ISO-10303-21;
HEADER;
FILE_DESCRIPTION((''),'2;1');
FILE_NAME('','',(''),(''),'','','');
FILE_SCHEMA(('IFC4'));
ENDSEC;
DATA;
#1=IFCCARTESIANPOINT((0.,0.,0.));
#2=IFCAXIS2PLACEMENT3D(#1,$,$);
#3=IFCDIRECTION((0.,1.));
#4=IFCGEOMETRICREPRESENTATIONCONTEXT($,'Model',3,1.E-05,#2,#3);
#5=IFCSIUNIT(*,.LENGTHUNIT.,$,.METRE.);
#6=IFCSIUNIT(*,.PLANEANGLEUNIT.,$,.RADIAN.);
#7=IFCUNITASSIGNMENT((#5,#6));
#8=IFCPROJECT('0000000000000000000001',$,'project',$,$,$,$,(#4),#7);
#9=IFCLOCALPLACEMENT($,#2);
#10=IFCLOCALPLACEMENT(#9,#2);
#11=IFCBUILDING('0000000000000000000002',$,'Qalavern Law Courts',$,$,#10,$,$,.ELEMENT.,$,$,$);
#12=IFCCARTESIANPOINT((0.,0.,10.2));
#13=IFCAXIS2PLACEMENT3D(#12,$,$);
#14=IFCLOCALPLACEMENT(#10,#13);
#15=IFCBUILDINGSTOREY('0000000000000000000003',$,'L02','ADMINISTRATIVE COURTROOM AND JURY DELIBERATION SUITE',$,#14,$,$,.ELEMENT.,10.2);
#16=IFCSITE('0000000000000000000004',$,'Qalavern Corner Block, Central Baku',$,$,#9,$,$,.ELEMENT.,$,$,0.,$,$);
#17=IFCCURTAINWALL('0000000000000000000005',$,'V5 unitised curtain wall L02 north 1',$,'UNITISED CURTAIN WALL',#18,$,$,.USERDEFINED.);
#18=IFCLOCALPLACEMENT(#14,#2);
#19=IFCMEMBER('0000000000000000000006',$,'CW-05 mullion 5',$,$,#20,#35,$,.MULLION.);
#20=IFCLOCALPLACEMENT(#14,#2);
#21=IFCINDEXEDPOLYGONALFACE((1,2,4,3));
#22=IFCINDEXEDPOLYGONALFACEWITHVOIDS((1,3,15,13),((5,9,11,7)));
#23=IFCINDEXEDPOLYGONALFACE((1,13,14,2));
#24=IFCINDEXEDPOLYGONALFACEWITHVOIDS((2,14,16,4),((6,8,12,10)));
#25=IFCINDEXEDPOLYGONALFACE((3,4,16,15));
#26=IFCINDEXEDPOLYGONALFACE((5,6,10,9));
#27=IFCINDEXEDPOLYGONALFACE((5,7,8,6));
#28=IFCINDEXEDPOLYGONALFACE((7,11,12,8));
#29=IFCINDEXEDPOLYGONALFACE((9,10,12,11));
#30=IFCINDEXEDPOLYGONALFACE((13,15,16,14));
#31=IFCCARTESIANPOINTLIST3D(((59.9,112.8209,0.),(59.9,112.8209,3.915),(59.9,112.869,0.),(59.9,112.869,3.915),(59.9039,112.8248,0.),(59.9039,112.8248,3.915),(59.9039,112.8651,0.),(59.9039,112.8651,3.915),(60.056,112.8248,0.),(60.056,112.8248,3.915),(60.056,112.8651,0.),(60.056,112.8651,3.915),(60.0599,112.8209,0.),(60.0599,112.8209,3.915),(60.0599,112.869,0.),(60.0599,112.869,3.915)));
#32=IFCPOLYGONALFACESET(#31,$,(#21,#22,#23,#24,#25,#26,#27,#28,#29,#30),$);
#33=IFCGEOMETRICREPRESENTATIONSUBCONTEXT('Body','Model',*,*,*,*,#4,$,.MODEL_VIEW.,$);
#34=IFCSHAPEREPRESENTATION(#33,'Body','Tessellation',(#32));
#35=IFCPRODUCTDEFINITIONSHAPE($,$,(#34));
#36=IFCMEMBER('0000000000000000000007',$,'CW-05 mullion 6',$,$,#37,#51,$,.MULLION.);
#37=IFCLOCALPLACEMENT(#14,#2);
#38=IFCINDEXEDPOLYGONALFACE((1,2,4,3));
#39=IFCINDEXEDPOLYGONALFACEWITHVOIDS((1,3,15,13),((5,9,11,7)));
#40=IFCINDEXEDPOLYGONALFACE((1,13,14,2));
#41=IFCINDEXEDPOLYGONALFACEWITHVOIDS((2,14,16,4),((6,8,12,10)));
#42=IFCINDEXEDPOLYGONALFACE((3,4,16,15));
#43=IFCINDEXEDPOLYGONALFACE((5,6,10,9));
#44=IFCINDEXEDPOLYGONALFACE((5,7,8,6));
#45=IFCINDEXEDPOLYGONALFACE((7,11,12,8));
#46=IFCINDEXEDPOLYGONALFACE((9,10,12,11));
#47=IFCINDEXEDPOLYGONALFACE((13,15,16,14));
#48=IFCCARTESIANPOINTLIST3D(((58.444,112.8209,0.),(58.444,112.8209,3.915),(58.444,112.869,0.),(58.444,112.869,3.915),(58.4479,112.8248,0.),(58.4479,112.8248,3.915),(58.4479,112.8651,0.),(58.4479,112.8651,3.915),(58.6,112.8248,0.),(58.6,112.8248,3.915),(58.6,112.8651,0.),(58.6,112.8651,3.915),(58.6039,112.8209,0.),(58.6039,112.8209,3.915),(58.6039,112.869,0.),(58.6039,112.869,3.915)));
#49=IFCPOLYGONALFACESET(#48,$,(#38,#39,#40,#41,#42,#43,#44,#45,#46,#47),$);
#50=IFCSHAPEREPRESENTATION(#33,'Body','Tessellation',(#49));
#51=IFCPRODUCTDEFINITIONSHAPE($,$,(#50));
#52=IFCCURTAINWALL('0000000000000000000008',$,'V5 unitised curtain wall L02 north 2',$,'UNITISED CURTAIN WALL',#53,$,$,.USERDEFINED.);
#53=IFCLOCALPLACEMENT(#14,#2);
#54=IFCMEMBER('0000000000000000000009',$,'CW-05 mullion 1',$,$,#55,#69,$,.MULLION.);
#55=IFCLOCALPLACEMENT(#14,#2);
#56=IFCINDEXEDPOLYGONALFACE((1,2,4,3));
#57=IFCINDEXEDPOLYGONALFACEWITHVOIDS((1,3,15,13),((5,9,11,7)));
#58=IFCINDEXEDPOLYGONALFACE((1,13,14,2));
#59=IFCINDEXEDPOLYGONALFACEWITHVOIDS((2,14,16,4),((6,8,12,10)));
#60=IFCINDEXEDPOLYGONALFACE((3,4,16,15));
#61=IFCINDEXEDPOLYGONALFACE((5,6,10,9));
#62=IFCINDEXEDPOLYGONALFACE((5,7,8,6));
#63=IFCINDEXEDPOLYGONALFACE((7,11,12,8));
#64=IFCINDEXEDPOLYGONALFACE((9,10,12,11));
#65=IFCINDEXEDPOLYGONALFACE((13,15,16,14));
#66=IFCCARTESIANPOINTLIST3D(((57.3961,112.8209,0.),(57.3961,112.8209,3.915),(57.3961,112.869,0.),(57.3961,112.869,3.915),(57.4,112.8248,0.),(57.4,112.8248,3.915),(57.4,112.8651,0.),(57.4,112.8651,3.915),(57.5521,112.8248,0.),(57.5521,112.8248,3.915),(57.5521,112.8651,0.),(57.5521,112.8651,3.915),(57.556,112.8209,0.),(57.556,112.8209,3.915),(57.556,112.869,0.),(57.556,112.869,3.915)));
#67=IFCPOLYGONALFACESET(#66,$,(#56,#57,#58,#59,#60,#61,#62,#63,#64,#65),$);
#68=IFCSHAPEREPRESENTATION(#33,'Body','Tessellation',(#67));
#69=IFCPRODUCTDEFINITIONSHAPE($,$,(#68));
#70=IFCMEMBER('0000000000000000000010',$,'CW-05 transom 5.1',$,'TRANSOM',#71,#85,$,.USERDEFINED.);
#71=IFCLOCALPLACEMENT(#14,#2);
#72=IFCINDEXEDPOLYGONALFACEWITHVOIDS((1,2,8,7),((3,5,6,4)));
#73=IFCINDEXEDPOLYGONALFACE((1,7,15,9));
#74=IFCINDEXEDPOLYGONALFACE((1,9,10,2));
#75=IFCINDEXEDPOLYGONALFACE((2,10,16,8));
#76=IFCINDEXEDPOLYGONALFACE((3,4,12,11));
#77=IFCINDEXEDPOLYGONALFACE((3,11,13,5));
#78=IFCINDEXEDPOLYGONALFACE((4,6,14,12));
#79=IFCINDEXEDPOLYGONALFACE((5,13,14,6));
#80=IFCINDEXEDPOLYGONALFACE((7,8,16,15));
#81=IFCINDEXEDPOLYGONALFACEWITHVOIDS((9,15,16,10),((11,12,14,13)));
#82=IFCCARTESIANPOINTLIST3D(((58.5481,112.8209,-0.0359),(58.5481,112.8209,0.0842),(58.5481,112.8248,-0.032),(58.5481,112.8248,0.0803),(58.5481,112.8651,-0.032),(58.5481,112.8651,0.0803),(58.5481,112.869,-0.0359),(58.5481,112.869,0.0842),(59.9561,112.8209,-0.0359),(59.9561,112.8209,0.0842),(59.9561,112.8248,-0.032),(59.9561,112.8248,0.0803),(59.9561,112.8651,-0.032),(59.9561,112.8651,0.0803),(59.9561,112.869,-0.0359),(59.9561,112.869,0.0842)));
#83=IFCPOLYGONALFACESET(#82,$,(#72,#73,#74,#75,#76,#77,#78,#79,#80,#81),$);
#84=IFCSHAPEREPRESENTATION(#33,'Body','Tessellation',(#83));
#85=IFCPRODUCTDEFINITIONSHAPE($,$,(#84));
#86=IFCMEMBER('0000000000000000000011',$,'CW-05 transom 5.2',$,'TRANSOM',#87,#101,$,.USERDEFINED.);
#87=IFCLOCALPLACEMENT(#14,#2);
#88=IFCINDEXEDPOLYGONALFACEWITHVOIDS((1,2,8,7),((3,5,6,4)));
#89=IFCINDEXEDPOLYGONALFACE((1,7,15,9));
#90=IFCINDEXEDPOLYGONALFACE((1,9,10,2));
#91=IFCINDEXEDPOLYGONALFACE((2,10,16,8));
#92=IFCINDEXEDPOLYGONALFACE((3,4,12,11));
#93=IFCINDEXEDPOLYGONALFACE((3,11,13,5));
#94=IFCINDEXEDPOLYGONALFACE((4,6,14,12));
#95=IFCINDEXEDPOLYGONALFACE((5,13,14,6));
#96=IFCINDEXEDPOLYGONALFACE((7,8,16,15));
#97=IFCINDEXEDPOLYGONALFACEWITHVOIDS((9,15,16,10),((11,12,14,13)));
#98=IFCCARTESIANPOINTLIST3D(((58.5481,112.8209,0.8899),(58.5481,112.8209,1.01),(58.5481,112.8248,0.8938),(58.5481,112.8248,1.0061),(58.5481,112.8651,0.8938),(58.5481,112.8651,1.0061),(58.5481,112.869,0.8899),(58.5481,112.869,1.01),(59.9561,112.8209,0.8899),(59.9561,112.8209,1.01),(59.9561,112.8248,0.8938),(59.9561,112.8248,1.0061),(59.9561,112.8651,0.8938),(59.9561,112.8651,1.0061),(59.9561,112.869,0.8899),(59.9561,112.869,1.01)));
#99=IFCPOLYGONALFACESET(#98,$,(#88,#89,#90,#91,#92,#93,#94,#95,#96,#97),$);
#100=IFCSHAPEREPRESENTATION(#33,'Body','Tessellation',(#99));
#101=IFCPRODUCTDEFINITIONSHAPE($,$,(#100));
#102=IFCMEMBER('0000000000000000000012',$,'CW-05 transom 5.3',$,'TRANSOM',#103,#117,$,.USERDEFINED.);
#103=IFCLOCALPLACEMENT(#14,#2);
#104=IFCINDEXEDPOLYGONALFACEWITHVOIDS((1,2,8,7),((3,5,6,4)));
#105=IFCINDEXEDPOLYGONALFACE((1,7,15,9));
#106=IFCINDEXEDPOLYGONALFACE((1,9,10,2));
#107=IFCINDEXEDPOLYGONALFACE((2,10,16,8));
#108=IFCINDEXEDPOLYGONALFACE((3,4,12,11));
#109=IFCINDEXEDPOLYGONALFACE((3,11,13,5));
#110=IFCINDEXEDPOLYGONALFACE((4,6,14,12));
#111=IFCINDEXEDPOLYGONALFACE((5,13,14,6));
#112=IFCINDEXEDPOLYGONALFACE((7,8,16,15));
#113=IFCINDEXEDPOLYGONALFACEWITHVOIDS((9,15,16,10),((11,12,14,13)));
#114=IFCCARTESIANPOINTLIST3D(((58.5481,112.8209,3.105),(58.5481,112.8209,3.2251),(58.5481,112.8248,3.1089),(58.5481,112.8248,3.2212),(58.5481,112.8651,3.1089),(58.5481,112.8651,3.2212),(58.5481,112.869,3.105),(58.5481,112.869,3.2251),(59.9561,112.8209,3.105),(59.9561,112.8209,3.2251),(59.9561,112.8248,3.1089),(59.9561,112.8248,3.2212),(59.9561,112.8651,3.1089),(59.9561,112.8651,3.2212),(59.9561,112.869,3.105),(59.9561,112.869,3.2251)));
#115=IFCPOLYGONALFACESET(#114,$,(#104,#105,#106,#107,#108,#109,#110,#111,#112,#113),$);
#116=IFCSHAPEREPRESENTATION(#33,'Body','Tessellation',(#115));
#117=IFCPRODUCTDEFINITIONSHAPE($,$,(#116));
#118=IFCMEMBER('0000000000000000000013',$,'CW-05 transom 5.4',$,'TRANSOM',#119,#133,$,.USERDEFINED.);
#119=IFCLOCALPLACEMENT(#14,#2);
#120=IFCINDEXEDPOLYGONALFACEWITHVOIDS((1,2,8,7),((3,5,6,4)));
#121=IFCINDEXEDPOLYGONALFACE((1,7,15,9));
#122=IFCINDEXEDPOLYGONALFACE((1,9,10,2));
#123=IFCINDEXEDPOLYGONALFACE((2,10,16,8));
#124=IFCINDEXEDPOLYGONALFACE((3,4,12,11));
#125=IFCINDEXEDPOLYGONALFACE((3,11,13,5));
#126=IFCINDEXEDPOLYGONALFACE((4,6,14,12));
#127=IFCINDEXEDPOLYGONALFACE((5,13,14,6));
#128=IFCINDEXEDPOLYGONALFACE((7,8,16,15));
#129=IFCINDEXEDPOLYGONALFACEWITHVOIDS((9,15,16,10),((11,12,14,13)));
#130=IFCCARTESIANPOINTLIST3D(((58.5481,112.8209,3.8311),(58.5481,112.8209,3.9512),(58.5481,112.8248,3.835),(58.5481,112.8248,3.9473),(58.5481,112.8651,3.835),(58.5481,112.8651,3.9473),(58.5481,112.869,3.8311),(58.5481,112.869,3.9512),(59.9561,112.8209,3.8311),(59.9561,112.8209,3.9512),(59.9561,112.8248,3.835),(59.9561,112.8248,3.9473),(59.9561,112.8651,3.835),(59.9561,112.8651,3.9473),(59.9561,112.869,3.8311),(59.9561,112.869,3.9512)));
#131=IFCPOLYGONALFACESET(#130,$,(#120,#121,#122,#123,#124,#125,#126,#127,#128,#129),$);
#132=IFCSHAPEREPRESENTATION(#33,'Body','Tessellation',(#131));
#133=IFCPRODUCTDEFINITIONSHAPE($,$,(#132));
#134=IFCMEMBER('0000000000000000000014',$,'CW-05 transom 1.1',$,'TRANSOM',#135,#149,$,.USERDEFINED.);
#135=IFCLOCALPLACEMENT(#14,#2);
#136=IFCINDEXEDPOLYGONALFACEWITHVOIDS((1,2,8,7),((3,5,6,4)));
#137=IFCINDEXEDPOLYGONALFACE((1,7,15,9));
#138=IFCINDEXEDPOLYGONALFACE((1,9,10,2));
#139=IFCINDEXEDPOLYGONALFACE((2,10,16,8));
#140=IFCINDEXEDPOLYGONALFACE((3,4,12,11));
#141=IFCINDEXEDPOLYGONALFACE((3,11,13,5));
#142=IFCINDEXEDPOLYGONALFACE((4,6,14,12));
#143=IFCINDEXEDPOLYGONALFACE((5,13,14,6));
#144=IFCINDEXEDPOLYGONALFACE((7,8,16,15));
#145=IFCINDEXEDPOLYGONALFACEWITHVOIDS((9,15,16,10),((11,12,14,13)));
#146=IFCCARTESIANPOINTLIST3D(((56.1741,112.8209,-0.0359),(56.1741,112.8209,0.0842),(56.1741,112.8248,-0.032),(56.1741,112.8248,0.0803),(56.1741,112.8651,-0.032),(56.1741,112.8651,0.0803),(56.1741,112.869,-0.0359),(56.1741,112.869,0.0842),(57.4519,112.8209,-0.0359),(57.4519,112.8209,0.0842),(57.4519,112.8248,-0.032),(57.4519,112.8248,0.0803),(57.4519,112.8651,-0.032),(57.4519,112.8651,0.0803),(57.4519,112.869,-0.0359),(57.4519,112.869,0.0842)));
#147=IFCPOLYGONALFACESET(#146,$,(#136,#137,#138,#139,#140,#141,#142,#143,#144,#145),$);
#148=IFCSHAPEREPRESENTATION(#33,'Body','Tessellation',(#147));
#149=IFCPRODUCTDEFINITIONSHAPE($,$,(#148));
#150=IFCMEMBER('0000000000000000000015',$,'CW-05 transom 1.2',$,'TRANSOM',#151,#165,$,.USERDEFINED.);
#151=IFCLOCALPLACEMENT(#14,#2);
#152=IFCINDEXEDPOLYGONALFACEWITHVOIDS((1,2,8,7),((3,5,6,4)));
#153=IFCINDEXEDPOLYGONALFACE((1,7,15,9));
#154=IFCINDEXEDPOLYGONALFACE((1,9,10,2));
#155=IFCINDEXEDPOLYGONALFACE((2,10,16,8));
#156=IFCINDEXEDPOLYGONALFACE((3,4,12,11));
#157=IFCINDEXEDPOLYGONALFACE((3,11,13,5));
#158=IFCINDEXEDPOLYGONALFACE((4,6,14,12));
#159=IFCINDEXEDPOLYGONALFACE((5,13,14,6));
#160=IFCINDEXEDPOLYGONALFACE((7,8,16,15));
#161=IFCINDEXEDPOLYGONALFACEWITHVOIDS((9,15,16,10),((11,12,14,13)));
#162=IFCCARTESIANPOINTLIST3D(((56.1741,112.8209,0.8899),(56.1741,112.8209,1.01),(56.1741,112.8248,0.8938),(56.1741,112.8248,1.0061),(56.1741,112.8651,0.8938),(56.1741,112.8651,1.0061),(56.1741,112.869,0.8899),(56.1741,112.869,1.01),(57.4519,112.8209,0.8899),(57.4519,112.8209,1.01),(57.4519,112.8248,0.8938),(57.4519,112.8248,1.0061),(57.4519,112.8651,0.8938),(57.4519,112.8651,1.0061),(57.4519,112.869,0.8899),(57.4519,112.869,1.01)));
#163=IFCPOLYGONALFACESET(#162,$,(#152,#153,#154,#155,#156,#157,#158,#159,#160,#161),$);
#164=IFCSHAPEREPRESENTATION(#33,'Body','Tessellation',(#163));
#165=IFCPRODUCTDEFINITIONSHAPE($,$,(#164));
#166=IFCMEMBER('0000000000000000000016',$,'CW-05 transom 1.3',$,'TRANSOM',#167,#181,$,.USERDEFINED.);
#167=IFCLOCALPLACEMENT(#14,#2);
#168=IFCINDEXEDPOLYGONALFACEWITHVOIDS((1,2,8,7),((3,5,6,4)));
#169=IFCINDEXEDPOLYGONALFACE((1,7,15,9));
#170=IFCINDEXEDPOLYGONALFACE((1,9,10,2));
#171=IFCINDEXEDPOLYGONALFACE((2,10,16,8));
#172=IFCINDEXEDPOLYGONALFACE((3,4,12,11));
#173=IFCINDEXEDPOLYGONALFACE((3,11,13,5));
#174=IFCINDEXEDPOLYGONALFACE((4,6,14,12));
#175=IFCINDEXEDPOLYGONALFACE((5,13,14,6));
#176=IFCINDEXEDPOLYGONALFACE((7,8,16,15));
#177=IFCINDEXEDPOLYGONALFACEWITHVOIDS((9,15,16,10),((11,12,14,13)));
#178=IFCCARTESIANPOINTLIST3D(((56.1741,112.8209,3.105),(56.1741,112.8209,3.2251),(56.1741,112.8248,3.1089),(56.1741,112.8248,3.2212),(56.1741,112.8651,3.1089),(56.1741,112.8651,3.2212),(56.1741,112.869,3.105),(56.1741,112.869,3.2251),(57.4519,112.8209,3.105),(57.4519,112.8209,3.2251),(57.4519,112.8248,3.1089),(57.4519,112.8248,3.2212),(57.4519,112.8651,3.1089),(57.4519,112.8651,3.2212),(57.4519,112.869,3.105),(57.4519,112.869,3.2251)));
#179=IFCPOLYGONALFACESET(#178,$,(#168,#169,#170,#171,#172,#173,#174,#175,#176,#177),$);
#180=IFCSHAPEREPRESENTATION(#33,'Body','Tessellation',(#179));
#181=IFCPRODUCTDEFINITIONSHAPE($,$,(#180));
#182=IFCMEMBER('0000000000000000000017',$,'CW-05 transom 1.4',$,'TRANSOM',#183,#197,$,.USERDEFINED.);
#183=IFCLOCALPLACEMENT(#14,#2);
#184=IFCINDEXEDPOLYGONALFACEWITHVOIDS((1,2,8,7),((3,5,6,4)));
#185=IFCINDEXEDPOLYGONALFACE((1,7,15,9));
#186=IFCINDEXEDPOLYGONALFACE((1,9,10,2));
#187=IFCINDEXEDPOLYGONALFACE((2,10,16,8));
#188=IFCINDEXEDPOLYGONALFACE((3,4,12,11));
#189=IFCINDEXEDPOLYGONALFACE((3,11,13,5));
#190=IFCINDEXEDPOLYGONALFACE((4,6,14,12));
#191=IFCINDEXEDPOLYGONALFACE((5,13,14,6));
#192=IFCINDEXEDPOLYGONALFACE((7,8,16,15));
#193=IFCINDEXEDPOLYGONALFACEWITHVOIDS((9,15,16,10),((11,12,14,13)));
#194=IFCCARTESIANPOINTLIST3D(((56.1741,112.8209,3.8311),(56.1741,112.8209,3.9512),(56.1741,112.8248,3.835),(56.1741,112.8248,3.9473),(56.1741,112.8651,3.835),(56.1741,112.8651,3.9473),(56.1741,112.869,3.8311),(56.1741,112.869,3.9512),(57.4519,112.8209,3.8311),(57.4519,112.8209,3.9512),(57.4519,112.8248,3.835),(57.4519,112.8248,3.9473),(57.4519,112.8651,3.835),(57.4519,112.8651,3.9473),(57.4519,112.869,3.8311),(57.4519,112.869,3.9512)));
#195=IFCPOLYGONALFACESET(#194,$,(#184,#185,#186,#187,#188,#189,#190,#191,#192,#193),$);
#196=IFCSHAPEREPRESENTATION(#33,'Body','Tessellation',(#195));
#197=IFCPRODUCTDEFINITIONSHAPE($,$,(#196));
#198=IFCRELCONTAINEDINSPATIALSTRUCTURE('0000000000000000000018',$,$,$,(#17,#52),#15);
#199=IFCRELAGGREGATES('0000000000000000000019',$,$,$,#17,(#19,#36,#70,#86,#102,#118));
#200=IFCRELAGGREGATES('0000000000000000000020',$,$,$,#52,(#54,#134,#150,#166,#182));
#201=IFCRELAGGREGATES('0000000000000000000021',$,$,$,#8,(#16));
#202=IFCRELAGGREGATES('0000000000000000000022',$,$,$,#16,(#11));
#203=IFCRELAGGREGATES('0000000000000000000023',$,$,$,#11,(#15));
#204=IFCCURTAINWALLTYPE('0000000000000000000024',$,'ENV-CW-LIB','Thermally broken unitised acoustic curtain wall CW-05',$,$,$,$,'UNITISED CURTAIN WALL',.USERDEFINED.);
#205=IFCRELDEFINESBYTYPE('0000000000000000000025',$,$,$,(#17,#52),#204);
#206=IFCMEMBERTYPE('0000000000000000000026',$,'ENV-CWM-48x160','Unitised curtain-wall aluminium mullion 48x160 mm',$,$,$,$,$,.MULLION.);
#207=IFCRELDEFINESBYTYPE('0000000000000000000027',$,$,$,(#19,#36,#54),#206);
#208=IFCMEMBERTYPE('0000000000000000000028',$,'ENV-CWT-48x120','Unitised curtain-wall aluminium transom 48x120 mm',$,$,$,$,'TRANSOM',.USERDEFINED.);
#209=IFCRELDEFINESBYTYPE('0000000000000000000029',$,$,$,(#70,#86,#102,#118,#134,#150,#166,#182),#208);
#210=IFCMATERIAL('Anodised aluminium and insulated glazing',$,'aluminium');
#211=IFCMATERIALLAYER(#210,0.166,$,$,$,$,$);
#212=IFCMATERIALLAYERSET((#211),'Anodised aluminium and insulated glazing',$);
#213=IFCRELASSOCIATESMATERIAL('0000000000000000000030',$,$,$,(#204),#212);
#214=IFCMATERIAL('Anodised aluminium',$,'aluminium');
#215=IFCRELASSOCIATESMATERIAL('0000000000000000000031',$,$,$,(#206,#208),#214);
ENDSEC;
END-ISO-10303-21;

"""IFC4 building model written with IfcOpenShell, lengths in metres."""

from ifc_helpers import new_model, si_unit, direction, frame, origin, origin_2d, place, context, subcontext, project, spatial, hollow_rectangle, extrude, material, layer, layer_set, material_profile, profile_set, type_object, element, aggregate, save


model = new_model("IFC4")

# Units and contexts
model_context = context("Model", 3, precision=1e-05, world=origin(), true_north=direction((0.0, 1.0)))
body_context = subcontext(model_context, "Body", "Model", "MODEL_VIEW")
ifc_project = project(units=[si_unit("LENGTHUNIT", "METRE"), si_unit("PLANEANGLEUNIT", "RADIAN")], contexts=[model_context])

# Site, building, storey
site_placement = place(None, origin())
site = spatial("IfcSite", under=ifc_project, at=site_placement, Name="Qalavern Corner Block, Central Baku", CompositionType="ELEMENT", RefElevation=0.0)
building_placement = place(site_placement, origin())
building = spatial("IfcBuilding", under=site, at=building_placement, Name="Qalavern Law Courts", CompositionType="ELEMENT")
storey_placement = place(building_placement, frame((0.0, 0.0, 10.2)))
storey = spatial("IfcBuildingStorey", under=building, at=storey_placement, Name="L02", Description="ADMINISTRATIVE COURTROOM AND JURY DELIBERATION SUITE", CompositionType="ELEMENT", Elevation=10.2)

# Curtain wall, members
ifc_material_1 = material(Name="Anodised aluminium and insulated glazing", Category="aluminium")
ifc_layer_1 = layer(ifc_material_1, 0.166)
ifc_layer_set_1 = layer_set([ifc_layer_1], Name="Anodised aluminium and insulated glazing")
curtain_wall_type = type_object("IfcCurtainWallType", Name="ENV-CW-LIB", Description="Thermally broken unitised acoustic curtain wall CW-05", ElementType="UNITISED CURTAIN WALL", PredefinedType="USERDEFINED", material=ifc_layer_set_1)
curtain_wall_1_placement = place(storey_placement, origin())
curtain_wall_1 = element("IfcCurtainWall", 1, at=curtain_wall_1_placement, inside=storey, type_object=curtain_wall_type, Name="V5 unitised curtain wall L02 north 1", ObjectType="UNITISED CURTAIN WALL", PredefinedType="USERDEFINED")
ifc_material_2 = material(Name="Anodised aluminium", Category="aluminium")
ifc_material_profile_1 = material_profile(ifc_material_2, hollow_rectangle(XDim=0.0481, YDim=0.1599, WallThickness=0.0039, at=origin_2d()), Name="ALU MULLION 48x160")
ifc_profile_set_1 = profile_set([ifc_material_profile_1], Name="Anodised aluminium")
member_type_1 = type_object("IfcMemberType", Name="ENV-CWM-48x160", Description="Unitised curtain-wall aluminium mullion 48x160 mm", PredefinedType="MULLION", material=ifc_profile_set_1)
member_1_placement = place(storey_placement, frame((59.98, 112.845, 0.0), z_axis=(0.0, 0.0, 1.0), x_axis=(0.0, -1.0, 0.0)))
member_1 = element("IfcMember", 2, at=member_1_placement, type_object=member_type_1, Name="CW-05 mullion 5", PredefinedType="MULLION", context=body_context, shape_type="SweptSolid", body=[
    extrude(hollow_rectangle(XDim=0.0481, YDim=0.1599, WallThickness=0.0039, at=origin_2d()), origin(), (0.0, 0.0, 1.0), 3.915),
])
member_2_placement = place(storey_placement, frame((58.5239, 112.845, 0.0), z_axis=(0.0, 0.0, 1.0), x_axis=(0.0, -1.0, 0.0)))
member_2 = element("IfcMember", 3, at=member_2_placement, type_object=member_type_1, Name="CW-05 mullion 6", PredefinedType="MULLION", context=body_context, shape_type="SweptSolid", body=[
    extrude(hollow_rectangle(XDim=0.0481, YDim=0.1599, WallThickness=0.0039, at=origin_2d()), origin(), (0.0, 0.0, 1.0), 3.915),
])

# Curtain wall, member
curtain_wall_2_placement = place(storey_placement, origin())
curtain_wall_2 = element("IfcCurtainWall", 4, at=curtain_wall_2_placement, inside=storey, type_object=curtain_wall_type, Name="V5 unitised curtain wall L02 north 2", ObjectType="UNITISED CURTAIN WALL", PredefinedType="USERDEFINED")
member_3_placement = place(storey_placement, frame((57.4761, 112.845, 0.0), z_axis=(0.0, 0.0, 1.0), x_axis=(0.0, -1.0, 0.0)))
member_3 = element("IfcMember", 5, at=member_3_placement, type_object=member_type_1, Name="CW-05 mullion 1", PredefinedType="MULLION", context=body_context, shape_type="SweptSolid", body=[
    extrude(hollow_rectangle(XDim=0.0481, YDim=0.1599, WallThickness=0.0039, at=origin_2d()), origin(), (0.0, 0.0, 1.0), 3.915),
])

# Members
ifc_material_profile_2 = material_profile(ifc_material_2, hollow_rectangle(XDim=0.0481, YDim=0.1201, WallThickness=0.0039, at=origin_2d()), Name="ALU TRANSOM 48x120")
ifc_profile_set_2 = profile_set([ifc_material_profile_2], Name="Anodised aluminium")
member_type_2 = type_object("IfcMemberType", Name="ENV-CWT-48x120", Description="Unitised curtain-wall aluminium transom 48x120 mm", ElementType="TRANSOM", PredefinedType="USERDEFINED", material=ifc_profile_set_2)
member_4_placement = place(storey_placement, frame((59.9561, 112.845, 0.0242), z_axis=(-1.0, 0.0, 0.0), x_axis=(0.0, -1.0, 0.0)))
member_4 = element("IfcMember", 6, at=member_4_placement, type_object=member_type_2, Name="CW-05 transom 5.1", ObjectType="TRANSOM", PredefinedType="USERDEFINED", context=body_context, shape_type="SweptSolid", body=[
    extrude(hollow_rectangle(XDim=0.0481, YDim=0.1201, WallThickness=0.0039, at=origin_2d()), origin(), (0.0, 0.0, 1.0), 1.408),
])
member_5_placement = place(storey_placement, frame((59.9561, 112.845, 0.95), z_axis=(-1.0, 0.0, 0.0), x_axis=(0.0, -1.0, 0.0)))
member_5 = element("IfcMember", 7, at=member_5_placement, type_object=member_type_2, Name="CW-05 transom 5.2", ObjectType="TRANSOM", PredefinedType="USERDEFINED", context=body_context, shape_type="SweptSolid", body=[
    extrude(hollow_rectangle(XDim=0.0481, YDim=0.1201, WallThickness=0.0039, at=origin_2d()), origin(), (0.0, 0.0, 1.0), 1.408),
])
member_6_placement = place(storey_placement, frame((59.9561, 112.845, 3.165), z_axis=(-1.0, 0.0, 0.0), x_axis=(0.0, -1.0, 0.0)))
member_6 = element("IfcMember", 8, at=member_6_placement, type_object=member_type_2, Name="CW-05 transom 5.3", ObjectType="TRANSOM", PredefinedType="USERDEFINED", context=body_context, shape_type="SweptSolid", body=[
    extrude(hollow_rectangle(XDim=0.0481, YDim=0.1201, WallThickness=0.0039, at=origin_2d()), origin(), (0.0, 0.0, 1.0), 1.408),
])
member_7_placement = place(storey_placement, frame((59.9561, 112.845, 3.8911), z_axis=(-1.0, 0.0, 0.0), x_axis=(0.0, -1.0, 0.0)))
member_7 = element("IfcMember", 9, at=member_7_placement, type_object=member_type_2, Name="CW-05 transom 5.4", ObjectType="TRANSOM", PredefinedType="USERDEFINED", context=body_context, shape_type="SweptSolid", body=[
    extrude(hollow_rectangle(XDim=0.0481, YDim=0.1201, WallThickness=0.0039, at=origin_2d()), origin(), (0.0, 0.0, 1.0), 1.408),
])
member_8_placement = place(storey_placement, frame((57.4519, 112.845, 0.0242), z_axis=(-1.0, 0.0, 0.0), x_axis=(0.0, -1.0, 0.0)))
member_8 = element("IfcMember", 10, at=member_8_placement, type_object=member_type_2, Name="CW-05 transom 1.1", ObjectType="TRANSOM", PredefinedType="USERDEFINED", context=body_context, shape_type="SweptSolid", body=[
    extrude(hollow_rectangle(XDim=0.0481, YDim=0.1201, WallThickness=0.0039, at=origin_2d()), origin(), (0.0, 0.0, 1.0), 1.2778),
])
member_9_placement = place(storey_placement, frame((57.4519, 112.845, 0.95), z_axis=(-1.0, 0.0, 0.0), x_axis=(0.0, -1.0, 0.0)))
member_9 = element("IfcMember", 11, at=member_9_placement, type_object=member_type_2, Name="CW-05 transom 1.2", ObjectType="TRANSOM", PredefinedType="USERDEFINED", context=body_context, shape_type="SweptSolid", body=[
    extrude(hollow_rectangle(XDim=0.0481, YDim=0.1201, WallThickness=0.0039, at=origin_2d()), origin(), (0.0, 0.0, 1.0), 1.2778),
])
member_10_placement = place(storey_placement, frame((57.4519, 112.845, 3.165), z_axis=(-1.0, 0.0, 0.0), x_axis=(0.0, -1.0, 0.0)))
member_10 = element("IfcMember", 12, at=member_10_placement, type_object=member_type_2, Name="CW-05 transom 1.3", ObjectType="TRANSOM", PredefinedType="USERDEFINED", context=body_context, shape_type="SweptSolid", body=[
    extrude(hollow_rectangle(XDim=0.0481, YDim=0.1201, WallThickness=0.0039, at=origin_2d()), origin(), (0.0, 0.0, 1.0), 1.2778),
])
member_11_placement = place(storey_placement, frame((57.4519, 112.845, 3.8911), z_axis=(-1.0, 0.0, 0.0), x_axis=(0.0, -1.0, 0.0)))
member_11 = element("IfcMember", 13, at=member_11_placement, type_object=member_type_2, Name="CW-05 transom 1.4", ObjectType="TRANSOM", PredefinedType="USERDEFINED", context=body_context, shape_type="SweptSolid", body=[
    extrude(hollow_rectangle(XDim=0.0481, YDim=0.1201, WallThickness=0.0039, at=origin_2d()), origin(), (0.0, 0.0, 1.0), 1.2778),
])

aggregate(curtain_wall_1, [member_1, member_2, member_4, member_5, member_6, member_7])
aggregate(curtain_wall_2, [member_3, member_8, member_9, member_10, member_11])

save(model, "model.ifc")
